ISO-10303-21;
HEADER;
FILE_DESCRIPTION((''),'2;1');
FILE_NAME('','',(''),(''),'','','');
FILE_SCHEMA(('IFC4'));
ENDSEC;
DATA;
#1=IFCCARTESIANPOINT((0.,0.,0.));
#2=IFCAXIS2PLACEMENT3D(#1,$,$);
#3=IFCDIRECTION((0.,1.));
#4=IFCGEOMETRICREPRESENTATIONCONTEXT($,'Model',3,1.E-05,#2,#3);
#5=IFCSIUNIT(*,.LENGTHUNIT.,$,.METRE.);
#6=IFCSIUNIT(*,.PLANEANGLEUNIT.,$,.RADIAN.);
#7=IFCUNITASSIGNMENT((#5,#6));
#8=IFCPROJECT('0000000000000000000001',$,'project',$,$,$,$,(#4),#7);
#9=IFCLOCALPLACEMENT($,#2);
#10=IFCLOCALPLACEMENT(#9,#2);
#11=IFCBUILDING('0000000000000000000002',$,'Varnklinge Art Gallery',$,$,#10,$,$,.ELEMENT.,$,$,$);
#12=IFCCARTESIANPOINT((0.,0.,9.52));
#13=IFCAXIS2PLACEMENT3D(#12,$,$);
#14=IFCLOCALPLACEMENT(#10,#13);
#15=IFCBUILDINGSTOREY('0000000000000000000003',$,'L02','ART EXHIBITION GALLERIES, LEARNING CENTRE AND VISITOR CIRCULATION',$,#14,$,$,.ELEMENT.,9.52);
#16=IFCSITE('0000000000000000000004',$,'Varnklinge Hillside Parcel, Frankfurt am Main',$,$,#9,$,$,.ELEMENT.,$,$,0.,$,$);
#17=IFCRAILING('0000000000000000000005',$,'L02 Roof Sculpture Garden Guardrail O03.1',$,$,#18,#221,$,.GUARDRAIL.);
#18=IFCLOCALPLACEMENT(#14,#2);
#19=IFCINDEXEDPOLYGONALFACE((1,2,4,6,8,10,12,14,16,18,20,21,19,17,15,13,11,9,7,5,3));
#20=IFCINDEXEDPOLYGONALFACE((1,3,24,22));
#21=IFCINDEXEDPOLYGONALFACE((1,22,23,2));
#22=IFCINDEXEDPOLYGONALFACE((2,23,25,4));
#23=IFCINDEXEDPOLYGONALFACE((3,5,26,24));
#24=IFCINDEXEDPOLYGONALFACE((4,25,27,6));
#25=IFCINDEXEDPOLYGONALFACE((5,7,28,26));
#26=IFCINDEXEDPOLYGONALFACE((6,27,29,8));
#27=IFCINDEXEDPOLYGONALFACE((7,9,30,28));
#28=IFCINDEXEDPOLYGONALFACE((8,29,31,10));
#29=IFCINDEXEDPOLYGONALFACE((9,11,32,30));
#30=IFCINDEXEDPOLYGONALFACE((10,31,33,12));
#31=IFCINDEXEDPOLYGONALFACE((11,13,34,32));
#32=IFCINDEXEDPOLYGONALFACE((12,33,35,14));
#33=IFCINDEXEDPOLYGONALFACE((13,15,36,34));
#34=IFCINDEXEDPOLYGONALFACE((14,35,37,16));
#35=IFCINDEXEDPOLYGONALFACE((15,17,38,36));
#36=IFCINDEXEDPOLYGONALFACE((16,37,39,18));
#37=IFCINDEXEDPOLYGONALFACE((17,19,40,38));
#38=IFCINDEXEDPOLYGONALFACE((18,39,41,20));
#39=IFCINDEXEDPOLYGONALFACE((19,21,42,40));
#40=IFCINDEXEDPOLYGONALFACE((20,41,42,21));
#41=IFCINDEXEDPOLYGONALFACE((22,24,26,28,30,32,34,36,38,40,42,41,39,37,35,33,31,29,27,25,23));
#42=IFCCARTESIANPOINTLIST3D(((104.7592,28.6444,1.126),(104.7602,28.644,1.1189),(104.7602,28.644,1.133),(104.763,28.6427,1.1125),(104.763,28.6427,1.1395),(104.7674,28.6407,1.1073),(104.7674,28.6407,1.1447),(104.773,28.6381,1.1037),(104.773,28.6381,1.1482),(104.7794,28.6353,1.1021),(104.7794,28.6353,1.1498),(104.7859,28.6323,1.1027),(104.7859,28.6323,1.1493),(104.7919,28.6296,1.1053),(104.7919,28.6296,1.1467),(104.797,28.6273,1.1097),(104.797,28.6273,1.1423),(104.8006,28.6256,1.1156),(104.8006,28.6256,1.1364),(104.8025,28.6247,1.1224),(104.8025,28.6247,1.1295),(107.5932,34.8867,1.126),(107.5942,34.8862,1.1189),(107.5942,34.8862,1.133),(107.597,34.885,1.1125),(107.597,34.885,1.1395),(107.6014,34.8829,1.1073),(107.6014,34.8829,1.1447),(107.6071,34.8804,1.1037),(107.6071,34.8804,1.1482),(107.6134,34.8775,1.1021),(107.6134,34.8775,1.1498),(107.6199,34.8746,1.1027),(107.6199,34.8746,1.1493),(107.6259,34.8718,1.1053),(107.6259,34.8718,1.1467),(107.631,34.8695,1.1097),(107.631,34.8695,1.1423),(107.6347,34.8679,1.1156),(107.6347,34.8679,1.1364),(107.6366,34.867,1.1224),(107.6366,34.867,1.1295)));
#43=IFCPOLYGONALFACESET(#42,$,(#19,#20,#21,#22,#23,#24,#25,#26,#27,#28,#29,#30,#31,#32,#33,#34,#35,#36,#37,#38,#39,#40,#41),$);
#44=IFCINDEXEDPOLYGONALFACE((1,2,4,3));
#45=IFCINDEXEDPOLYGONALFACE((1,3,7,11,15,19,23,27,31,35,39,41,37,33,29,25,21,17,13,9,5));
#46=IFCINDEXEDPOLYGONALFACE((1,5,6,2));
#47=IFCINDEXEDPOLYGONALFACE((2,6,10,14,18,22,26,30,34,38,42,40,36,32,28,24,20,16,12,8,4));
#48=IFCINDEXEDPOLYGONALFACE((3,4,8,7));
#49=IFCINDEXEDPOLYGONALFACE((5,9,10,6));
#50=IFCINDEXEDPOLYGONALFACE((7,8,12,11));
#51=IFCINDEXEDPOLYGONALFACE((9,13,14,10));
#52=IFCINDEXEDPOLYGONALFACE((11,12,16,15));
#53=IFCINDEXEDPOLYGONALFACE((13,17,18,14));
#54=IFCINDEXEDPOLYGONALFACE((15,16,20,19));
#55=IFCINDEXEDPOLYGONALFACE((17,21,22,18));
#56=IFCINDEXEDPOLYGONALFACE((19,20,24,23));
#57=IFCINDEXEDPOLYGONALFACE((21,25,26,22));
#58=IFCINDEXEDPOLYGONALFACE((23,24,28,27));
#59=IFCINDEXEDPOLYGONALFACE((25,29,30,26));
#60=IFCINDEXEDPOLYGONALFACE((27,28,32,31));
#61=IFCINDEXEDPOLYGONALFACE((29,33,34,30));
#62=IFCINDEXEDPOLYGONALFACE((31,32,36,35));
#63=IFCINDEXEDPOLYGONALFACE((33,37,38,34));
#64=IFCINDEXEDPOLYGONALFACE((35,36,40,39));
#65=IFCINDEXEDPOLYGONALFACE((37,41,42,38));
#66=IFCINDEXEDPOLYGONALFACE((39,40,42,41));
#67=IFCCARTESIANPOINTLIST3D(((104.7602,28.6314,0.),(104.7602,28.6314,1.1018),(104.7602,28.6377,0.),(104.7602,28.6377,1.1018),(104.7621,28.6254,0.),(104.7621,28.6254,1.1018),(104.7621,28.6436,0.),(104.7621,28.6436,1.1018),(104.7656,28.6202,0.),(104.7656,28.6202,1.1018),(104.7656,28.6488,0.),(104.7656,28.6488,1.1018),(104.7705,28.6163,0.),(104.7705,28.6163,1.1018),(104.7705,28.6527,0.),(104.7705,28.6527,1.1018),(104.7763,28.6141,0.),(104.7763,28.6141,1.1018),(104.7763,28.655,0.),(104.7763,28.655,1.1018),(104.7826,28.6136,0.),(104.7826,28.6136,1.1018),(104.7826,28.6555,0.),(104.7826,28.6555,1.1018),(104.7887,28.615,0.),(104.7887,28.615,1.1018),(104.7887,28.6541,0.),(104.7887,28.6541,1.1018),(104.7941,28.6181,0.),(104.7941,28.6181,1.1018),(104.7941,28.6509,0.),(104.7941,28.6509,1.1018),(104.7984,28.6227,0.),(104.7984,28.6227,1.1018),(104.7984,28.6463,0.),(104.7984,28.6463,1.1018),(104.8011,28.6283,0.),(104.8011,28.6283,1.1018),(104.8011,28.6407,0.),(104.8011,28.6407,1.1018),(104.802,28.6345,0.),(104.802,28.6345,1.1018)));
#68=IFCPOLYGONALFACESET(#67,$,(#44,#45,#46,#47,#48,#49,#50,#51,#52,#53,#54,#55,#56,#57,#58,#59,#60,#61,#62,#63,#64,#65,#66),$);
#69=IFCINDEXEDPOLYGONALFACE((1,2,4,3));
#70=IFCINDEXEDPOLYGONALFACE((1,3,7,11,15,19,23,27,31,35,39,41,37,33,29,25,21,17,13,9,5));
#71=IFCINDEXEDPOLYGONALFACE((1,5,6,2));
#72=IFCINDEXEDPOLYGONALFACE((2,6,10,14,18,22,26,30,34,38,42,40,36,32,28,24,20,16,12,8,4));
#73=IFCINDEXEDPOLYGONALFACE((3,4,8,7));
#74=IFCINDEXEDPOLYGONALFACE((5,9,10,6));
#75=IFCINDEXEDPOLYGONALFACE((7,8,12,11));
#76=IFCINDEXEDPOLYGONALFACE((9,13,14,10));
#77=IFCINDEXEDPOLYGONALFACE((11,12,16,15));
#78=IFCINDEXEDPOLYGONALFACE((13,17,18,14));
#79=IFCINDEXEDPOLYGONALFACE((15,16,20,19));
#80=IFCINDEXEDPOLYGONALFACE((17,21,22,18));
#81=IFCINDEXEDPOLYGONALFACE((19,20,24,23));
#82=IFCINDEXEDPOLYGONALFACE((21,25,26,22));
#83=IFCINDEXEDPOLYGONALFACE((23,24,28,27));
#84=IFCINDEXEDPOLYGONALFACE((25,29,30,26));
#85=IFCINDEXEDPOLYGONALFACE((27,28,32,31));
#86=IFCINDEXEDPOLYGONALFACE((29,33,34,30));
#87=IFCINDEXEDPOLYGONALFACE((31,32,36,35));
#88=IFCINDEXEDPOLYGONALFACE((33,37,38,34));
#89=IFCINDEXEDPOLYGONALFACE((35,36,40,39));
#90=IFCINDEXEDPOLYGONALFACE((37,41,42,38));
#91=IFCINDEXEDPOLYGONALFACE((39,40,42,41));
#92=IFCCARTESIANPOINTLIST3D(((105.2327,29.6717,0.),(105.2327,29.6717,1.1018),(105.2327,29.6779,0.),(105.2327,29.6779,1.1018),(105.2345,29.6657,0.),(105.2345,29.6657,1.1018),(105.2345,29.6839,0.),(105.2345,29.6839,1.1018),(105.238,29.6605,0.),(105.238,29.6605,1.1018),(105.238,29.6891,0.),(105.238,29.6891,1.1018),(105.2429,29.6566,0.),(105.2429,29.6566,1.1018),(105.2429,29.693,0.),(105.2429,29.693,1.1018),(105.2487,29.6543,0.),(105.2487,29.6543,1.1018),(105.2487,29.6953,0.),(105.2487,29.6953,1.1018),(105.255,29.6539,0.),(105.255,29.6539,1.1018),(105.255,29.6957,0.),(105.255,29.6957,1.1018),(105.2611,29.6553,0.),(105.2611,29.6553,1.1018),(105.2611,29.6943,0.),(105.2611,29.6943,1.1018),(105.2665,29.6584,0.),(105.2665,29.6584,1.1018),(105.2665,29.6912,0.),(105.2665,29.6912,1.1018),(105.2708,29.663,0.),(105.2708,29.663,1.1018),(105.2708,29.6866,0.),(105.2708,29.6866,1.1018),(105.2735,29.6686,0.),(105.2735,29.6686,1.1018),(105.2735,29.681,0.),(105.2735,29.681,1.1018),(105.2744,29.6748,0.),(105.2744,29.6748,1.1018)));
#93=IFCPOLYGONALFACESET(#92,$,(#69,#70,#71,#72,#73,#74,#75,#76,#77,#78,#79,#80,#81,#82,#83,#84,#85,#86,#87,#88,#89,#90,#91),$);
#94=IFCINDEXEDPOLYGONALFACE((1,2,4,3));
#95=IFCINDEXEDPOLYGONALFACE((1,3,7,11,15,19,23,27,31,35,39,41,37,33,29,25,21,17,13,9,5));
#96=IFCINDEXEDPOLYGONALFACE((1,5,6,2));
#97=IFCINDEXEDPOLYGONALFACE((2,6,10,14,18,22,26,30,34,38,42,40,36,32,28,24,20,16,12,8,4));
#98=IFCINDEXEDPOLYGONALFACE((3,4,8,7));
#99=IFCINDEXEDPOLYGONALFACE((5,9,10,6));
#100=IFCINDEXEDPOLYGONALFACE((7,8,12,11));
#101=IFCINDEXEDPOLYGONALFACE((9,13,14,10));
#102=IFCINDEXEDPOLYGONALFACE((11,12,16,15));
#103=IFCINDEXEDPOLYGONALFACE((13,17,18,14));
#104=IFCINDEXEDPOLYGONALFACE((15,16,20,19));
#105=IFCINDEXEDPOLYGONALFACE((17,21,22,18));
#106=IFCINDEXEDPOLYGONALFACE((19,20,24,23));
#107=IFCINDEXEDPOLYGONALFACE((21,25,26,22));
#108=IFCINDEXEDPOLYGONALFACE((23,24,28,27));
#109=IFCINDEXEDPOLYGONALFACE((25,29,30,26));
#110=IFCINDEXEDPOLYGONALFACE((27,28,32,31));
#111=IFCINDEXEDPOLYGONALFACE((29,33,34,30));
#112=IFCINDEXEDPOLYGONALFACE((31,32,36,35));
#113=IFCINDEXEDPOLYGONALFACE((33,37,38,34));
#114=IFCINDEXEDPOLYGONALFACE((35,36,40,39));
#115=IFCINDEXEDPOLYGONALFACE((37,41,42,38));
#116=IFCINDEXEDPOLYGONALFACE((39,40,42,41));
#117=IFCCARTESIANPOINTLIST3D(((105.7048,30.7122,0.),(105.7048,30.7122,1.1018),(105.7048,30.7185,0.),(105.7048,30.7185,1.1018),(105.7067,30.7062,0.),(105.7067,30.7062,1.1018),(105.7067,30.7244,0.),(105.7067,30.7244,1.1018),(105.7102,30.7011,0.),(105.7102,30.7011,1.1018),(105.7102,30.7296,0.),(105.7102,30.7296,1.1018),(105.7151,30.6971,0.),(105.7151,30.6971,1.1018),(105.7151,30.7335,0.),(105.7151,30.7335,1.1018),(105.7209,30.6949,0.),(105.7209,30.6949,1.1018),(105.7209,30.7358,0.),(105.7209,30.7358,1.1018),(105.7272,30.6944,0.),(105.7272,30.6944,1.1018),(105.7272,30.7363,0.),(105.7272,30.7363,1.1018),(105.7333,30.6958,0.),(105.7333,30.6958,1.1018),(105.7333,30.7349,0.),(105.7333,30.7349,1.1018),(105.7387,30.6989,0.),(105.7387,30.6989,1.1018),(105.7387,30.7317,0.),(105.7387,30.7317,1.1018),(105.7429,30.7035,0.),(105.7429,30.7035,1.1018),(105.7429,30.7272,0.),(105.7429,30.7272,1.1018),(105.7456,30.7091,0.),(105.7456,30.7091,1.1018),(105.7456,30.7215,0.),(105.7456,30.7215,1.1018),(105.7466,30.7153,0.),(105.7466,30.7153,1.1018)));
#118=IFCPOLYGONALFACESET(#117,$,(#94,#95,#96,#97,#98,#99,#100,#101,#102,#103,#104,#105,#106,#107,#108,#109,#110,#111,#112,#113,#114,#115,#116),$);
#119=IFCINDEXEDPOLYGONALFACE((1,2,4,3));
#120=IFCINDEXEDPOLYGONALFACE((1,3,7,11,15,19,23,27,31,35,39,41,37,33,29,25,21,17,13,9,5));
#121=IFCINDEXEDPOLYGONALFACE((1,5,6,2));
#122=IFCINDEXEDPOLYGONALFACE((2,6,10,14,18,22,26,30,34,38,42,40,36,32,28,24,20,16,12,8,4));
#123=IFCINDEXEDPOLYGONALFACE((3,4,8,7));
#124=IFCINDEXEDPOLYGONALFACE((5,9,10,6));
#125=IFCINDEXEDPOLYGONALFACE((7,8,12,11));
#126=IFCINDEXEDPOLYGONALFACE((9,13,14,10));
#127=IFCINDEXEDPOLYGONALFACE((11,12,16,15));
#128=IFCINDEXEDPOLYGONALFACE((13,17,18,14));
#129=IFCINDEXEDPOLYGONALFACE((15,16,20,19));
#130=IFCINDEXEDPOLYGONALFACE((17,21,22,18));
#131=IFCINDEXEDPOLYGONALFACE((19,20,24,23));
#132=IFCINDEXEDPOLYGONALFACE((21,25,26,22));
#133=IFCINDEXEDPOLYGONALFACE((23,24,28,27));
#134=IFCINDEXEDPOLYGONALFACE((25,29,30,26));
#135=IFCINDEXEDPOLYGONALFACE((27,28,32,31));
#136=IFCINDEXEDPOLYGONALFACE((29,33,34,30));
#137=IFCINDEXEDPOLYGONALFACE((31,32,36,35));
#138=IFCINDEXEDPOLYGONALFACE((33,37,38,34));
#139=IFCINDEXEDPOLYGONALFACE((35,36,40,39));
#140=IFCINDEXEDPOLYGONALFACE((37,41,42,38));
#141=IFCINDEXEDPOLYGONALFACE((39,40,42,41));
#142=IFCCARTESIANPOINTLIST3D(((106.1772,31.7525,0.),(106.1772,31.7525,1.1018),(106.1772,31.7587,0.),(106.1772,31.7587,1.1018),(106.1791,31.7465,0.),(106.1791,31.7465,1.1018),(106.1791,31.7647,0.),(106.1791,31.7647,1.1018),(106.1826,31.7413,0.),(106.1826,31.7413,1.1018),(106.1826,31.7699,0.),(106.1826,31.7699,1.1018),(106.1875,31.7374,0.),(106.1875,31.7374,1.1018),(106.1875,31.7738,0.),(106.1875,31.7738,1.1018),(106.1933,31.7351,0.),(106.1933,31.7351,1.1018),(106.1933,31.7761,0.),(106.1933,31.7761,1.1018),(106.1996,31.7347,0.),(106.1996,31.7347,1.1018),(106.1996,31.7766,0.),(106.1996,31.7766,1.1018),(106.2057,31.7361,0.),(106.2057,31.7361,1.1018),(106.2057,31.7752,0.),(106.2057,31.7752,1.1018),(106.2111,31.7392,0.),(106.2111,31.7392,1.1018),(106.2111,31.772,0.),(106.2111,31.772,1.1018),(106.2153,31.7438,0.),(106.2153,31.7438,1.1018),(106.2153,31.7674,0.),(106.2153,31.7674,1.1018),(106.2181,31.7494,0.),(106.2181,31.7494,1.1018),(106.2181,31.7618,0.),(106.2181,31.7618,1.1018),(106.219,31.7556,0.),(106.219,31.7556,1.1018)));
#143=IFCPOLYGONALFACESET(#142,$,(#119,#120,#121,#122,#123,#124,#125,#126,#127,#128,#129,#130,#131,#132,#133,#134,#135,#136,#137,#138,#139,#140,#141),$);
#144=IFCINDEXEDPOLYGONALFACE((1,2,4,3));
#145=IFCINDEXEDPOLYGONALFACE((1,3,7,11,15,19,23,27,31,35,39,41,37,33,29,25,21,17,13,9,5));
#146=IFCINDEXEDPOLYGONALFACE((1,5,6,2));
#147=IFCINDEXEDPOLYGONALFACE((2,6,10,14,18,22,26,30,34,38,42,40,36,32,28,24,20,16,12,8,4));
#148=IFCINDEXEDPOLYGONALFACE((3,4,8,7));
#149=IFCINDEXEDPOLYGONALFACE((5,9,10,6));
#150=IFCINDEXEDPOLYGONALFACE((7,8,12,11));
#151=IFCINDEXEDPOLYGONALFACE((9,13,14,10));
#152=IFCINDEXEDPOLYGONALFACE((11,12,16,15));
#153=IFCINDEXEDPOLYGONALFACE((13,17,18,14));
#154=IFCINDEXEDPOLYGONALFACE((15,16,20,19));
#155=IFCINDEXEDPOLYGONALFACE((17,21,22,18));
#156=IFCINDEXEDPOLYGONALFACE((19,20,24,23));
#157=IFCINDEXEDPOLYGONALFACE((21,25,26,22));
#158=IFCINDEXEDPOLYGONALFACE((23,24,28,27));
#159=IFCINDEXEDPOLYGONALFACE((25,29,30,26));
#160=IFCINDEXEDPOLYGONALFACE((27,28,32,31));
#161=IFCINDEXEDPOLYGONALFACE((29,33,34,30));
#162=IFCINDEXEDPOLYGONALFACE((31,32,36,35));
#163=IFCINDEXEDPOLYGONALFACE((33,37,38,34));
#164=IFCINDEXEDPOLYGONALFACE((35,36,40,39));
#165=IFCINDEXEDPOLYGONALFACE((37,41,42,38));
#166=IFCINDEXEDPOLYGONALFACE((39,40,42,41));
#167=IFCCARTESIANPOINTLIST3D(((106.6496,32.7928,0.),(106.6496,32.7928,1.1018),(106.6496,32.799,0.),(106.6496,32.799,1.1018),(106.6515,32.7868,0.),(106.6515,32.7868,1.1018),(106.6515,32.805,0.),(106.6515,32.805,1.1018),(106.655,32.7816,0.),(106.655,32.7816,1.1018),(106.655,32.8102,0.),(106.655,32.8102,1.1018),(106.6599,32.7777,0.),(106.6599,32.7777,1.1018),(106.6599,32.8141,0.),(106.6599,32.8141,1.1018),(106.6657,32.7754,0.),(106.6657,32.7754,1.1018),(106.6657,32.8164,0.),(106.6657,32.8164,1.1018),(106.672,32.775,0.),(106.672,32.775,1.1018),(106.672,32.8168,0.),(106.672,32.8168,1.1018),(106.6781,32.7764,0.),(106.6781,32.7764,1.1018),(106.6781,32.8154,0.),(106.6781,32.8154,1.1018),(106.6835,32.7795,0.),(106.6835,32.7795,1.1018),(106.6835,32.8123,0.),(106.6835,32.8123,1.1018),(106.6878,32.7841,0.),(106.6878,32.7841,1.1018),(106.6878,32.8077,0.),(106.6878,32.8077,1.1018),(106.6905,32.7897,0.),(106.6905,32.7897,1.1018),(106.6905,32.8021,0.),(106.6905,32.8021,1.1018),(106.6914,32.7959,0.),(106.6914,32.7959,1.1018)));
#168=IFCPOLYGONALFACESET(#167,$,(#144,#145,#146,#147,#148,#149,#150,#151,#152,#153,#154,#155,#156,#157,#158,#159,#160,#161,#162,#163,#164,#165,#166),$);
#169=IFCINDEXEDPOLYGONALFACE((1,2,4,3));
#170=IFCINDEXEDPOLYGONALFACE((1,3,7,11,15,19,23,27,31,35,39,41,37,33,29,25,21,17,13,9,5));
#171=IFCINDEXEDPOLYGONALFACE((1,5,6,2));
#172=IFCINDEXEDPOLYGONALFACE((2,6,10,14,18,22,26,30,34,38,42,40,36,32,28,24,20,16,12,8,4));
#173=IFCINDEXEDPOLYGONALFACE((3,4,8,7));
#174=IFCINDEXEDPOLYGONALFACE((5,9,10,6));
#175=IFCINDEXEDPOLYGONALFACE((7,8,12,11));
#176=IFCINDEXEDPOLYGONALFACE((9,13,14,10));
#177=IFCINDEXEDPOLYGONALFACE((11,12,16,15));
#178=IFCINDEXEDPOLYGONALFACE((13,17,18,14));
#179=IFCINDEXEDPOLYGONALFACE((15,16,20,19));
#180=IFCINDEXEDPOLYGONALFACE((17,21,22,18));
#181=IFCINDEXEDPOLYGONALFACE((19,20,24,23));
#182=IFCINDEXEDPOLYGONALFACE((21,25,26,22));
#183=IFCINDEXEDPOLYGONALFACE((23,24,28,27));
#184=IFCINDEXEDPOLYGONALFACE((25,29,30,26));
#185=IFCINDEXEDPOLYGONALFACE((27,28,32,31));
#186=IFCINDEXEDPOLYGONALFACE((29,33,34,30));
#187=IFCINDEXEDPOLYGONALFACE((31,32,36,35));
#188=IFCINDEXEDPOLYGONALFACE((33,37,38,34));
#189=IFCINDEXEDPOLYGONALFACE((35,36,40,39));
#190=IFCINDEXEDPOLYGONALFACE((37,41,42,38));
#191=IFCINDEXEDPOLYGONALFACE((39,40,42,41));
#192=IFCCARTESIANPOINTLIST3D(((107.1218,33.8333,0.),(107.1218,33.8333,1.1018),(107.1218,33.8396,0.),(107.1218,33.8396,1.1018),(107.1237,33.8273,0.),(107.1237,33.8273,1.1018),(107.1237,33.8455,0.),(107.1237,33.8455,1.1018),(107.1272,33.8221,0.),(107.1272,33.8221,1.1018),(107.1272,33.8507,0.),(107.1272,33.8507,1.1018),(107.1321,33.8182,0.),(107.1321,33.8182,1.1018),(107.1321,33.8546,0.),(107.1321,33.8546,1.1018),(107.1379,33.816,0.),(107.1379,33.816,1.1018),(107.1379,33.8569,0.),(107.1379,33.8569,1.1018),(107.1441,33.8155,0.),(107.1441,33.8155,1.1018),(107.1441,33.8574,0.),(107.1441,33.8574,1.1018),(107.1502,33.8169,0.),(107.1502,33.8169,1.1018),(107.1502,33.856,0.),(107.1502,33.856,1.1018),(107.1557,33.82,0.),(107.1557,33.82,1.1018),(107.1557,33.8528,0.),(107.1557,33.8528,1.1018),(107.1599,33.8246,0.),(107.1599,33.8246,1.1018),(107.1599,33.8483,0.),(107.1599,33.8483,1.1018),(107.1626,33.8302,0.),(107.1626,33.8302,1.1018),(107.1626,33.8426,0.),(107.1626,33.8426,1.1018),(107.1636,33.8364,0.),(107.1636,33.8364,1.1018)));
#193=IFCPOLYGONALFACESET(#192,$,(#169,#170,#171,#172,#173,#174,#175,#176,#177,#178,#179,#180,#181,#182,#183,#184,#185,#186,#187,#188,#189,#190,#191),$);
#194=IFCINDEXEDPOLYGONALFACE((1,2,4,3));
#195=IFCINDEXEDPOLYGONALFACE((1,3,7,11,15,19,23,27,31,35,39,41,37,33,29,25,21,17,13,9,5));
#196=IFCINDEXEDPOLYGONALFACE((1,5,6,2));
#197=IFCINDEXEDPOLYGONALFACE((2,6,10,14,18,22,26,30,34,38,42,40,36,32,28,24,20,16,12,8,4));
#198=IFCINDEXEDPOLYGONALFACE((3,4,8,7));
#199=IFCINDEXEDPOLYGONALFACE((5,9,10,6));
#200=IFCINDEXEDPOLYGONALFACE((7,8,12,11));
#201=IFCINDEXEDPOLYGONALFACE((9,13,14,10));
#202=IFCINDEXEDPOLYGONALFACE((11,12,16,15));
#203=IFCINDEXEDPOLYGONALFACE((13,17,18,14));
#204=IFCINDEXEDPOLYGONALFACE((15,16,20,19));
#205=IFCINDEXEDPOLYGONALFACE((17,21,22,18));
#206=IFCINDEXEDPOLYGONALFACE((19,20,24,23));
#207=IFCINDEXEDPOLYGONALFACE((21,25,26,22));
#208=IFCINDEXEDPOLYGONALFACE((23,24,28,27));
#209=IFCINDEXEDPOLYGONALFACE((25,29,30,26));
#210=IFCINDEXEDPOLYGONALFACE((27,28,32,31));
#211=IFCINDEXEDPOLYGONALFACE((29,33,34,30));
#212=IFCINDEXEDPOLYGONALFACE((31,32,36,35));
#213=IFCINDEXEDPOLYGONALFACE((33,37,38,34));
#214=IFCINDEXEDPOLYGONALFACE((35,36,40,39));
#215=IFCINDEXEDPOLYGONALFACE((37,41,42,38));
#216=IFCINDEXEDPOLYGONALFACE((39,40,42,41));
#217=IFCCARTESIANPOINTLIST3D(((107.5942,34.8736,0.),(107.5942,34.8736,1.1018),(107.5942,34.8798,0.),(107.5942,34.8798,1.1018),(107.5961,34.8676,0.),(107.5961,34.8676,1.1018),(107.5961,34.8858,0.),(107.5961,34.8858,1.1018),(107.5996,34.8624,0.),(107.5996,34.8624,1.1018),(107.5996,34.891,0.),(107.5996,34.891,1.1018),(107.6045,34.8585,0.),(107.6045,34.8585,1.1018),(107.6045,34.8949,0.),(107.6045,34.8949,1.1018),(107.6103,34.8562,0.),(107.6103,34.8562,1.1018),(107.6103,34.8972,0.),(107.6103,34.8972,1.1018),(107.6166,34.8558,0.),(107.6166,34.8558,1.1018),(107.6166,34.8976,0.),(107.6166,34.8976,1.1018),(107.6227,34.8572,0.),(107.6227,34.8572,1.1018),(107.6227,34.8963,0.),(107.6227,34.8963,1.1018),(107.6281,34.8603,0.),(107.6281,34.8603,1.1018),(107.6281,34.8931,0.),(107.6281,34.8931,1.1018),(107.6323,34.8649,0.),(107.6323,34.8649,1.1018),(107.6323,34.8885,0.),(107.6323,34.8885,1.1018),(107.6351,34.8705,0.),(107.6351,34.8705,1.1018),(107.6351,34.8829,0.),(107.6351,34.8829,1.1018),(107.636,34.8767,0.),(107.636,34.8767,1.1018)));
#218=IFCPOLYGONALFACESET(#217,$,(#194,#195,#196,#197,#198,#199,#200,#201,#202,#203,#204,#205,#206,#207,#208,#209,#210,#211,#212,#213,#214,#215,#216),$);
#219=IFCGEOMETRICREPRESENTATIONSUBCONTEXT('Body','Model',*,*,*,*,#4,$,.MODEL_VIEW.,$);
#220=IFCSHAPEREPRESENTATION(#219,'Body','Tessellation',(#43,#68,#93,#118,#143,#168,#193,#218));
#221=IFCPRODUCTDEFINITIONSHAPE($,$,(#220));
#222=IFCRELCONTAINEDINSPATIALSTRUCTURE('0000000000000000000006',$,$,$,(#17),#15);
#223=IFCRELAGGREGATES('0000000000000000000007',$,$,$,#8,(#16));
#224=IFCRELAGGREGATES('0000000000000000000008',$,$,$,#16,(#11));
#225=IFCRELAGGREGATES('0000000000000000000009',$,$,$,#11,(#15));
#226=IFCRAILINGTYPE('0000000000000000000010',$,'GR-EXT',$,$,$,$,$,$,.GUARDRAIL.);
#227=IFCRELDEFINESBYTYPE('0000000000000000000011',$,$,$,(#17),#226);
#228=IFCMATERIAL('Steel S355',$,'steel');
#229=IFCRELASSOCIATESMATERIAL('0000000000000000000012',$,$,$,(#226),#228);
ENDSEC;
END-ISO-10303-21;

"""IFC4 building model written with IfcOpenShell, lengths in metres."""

from ifc_helpers import new_model, si_unit, direction, frame, origin, origin_2d, place, context, subcontext, project, spatial, circle, extrude, material, type_object, element, save


model = new_model("IFC4")

# Units and contexts
model_context = context("Model", 3, precision=1e-05, world=origin(), true_north=direction((0.0, 1.0)))
body_context = subcontext(model_context, "Body", "Model", "MODEL_VIEW")
ifc_project = project(units=[si_unit("LENGTHUNIT", "METRE"), si_unit("PLANEANGLEUNIT", "RADIAN")], contexts=[model_context])

# Site, building, storey
site_placement = place(None, origin())
site = spatial("IfcSite", under=ifc_project, at=site_placement, Name="Varnklinge Hillside Parcel, Frankfurt am Main", CompositionType="ELEMENT", RefElevation=0.0)
building_placement = place(site_placement, origin())
building = spatial("IfcBuilding", under=site, at=building_placement, Name="Varnklinge Art Gallery", CompositionType="ELEMENT")
storey_placement = place(building_placement, frame((0.0, 0.0, 9.52)))
storey = spatial("IfcBuildingStorey", under=building, at=storey_placement, Name="L02", Description="ART EXHIBITION GALLERIES, LEARNING CENTRE AND VISITOR CIRCULATION", CompositionType="ELEMENT", Elevation=9.52)

# Railing
ifc_material_1 = material(Name="Steel S355", Category="steel")
railing_type = type_object("IfcRailingType", Name="GR-EXT", PredefinedType="GUARDRAIL", material=ifc_material_1)
railing_1_placement = place(storey_placement, frame((104.781, 28.6345, 0.0)))
element("IfcRailing", 1, at=railing_1_placement, inside=storey, type_object=railing_type, Name="L02 Roof Sculpture Garden Guardrail O03.1", PredefinedType="GUARDRAIL", context=body_context, shape_type="SweptSolid", body=[
    extrude(circle(Radius=0.0239, at=origin_2d()), frame((0.0, 0.0, 1.126), z_axis=(0.413395, 0.910552, 0.0), x_axis=(-0.910552, 0.413395, 0.0)), (0.0, 0.0, 1.0), 6.8555),
    extrude(circle(Radius=0.021, at=origin_2d()), origin(), (0.0, 0.0, 1.0), 1.1018),
    extrude(circle(Radius=0.021, at=origin_2d()), frame((0.4724, 1.0403, 0.0)), (0.0, 0.0, 1.0), 1.1018),
    extrude(circle(Radius=0.021, at=origin_2d()), frame((0.9446, 2.0808, 0.0)), (0.0, 0.0, 1.0), 1.1018),
    extrude(circle(Radius=0.021, at=origin_2d()), frame((1.417, 3.1211, 0.0)), (0.0, 0.0, 1.0), 1.1018),
    extrude(circle(Radius=0.021, at=origin_2d()), frame((1.8894, 4.1614, 0.0)), (0.0, 0.0, 1.0), 1.1018),
    extrude(circle(Radius=0.021, at=origin_2d()), frame((2.3616, 5.2019, 0.0)), (0.0, 0.0, 1.0), 1.1018),
    extrude(circle(Radius=0.021, at=origin_2d()), frame((2.834, 6.2422, 0.0)), (0.0, 0.0, 1.0), 1.1018),
])

save(model, "model.ifc")
